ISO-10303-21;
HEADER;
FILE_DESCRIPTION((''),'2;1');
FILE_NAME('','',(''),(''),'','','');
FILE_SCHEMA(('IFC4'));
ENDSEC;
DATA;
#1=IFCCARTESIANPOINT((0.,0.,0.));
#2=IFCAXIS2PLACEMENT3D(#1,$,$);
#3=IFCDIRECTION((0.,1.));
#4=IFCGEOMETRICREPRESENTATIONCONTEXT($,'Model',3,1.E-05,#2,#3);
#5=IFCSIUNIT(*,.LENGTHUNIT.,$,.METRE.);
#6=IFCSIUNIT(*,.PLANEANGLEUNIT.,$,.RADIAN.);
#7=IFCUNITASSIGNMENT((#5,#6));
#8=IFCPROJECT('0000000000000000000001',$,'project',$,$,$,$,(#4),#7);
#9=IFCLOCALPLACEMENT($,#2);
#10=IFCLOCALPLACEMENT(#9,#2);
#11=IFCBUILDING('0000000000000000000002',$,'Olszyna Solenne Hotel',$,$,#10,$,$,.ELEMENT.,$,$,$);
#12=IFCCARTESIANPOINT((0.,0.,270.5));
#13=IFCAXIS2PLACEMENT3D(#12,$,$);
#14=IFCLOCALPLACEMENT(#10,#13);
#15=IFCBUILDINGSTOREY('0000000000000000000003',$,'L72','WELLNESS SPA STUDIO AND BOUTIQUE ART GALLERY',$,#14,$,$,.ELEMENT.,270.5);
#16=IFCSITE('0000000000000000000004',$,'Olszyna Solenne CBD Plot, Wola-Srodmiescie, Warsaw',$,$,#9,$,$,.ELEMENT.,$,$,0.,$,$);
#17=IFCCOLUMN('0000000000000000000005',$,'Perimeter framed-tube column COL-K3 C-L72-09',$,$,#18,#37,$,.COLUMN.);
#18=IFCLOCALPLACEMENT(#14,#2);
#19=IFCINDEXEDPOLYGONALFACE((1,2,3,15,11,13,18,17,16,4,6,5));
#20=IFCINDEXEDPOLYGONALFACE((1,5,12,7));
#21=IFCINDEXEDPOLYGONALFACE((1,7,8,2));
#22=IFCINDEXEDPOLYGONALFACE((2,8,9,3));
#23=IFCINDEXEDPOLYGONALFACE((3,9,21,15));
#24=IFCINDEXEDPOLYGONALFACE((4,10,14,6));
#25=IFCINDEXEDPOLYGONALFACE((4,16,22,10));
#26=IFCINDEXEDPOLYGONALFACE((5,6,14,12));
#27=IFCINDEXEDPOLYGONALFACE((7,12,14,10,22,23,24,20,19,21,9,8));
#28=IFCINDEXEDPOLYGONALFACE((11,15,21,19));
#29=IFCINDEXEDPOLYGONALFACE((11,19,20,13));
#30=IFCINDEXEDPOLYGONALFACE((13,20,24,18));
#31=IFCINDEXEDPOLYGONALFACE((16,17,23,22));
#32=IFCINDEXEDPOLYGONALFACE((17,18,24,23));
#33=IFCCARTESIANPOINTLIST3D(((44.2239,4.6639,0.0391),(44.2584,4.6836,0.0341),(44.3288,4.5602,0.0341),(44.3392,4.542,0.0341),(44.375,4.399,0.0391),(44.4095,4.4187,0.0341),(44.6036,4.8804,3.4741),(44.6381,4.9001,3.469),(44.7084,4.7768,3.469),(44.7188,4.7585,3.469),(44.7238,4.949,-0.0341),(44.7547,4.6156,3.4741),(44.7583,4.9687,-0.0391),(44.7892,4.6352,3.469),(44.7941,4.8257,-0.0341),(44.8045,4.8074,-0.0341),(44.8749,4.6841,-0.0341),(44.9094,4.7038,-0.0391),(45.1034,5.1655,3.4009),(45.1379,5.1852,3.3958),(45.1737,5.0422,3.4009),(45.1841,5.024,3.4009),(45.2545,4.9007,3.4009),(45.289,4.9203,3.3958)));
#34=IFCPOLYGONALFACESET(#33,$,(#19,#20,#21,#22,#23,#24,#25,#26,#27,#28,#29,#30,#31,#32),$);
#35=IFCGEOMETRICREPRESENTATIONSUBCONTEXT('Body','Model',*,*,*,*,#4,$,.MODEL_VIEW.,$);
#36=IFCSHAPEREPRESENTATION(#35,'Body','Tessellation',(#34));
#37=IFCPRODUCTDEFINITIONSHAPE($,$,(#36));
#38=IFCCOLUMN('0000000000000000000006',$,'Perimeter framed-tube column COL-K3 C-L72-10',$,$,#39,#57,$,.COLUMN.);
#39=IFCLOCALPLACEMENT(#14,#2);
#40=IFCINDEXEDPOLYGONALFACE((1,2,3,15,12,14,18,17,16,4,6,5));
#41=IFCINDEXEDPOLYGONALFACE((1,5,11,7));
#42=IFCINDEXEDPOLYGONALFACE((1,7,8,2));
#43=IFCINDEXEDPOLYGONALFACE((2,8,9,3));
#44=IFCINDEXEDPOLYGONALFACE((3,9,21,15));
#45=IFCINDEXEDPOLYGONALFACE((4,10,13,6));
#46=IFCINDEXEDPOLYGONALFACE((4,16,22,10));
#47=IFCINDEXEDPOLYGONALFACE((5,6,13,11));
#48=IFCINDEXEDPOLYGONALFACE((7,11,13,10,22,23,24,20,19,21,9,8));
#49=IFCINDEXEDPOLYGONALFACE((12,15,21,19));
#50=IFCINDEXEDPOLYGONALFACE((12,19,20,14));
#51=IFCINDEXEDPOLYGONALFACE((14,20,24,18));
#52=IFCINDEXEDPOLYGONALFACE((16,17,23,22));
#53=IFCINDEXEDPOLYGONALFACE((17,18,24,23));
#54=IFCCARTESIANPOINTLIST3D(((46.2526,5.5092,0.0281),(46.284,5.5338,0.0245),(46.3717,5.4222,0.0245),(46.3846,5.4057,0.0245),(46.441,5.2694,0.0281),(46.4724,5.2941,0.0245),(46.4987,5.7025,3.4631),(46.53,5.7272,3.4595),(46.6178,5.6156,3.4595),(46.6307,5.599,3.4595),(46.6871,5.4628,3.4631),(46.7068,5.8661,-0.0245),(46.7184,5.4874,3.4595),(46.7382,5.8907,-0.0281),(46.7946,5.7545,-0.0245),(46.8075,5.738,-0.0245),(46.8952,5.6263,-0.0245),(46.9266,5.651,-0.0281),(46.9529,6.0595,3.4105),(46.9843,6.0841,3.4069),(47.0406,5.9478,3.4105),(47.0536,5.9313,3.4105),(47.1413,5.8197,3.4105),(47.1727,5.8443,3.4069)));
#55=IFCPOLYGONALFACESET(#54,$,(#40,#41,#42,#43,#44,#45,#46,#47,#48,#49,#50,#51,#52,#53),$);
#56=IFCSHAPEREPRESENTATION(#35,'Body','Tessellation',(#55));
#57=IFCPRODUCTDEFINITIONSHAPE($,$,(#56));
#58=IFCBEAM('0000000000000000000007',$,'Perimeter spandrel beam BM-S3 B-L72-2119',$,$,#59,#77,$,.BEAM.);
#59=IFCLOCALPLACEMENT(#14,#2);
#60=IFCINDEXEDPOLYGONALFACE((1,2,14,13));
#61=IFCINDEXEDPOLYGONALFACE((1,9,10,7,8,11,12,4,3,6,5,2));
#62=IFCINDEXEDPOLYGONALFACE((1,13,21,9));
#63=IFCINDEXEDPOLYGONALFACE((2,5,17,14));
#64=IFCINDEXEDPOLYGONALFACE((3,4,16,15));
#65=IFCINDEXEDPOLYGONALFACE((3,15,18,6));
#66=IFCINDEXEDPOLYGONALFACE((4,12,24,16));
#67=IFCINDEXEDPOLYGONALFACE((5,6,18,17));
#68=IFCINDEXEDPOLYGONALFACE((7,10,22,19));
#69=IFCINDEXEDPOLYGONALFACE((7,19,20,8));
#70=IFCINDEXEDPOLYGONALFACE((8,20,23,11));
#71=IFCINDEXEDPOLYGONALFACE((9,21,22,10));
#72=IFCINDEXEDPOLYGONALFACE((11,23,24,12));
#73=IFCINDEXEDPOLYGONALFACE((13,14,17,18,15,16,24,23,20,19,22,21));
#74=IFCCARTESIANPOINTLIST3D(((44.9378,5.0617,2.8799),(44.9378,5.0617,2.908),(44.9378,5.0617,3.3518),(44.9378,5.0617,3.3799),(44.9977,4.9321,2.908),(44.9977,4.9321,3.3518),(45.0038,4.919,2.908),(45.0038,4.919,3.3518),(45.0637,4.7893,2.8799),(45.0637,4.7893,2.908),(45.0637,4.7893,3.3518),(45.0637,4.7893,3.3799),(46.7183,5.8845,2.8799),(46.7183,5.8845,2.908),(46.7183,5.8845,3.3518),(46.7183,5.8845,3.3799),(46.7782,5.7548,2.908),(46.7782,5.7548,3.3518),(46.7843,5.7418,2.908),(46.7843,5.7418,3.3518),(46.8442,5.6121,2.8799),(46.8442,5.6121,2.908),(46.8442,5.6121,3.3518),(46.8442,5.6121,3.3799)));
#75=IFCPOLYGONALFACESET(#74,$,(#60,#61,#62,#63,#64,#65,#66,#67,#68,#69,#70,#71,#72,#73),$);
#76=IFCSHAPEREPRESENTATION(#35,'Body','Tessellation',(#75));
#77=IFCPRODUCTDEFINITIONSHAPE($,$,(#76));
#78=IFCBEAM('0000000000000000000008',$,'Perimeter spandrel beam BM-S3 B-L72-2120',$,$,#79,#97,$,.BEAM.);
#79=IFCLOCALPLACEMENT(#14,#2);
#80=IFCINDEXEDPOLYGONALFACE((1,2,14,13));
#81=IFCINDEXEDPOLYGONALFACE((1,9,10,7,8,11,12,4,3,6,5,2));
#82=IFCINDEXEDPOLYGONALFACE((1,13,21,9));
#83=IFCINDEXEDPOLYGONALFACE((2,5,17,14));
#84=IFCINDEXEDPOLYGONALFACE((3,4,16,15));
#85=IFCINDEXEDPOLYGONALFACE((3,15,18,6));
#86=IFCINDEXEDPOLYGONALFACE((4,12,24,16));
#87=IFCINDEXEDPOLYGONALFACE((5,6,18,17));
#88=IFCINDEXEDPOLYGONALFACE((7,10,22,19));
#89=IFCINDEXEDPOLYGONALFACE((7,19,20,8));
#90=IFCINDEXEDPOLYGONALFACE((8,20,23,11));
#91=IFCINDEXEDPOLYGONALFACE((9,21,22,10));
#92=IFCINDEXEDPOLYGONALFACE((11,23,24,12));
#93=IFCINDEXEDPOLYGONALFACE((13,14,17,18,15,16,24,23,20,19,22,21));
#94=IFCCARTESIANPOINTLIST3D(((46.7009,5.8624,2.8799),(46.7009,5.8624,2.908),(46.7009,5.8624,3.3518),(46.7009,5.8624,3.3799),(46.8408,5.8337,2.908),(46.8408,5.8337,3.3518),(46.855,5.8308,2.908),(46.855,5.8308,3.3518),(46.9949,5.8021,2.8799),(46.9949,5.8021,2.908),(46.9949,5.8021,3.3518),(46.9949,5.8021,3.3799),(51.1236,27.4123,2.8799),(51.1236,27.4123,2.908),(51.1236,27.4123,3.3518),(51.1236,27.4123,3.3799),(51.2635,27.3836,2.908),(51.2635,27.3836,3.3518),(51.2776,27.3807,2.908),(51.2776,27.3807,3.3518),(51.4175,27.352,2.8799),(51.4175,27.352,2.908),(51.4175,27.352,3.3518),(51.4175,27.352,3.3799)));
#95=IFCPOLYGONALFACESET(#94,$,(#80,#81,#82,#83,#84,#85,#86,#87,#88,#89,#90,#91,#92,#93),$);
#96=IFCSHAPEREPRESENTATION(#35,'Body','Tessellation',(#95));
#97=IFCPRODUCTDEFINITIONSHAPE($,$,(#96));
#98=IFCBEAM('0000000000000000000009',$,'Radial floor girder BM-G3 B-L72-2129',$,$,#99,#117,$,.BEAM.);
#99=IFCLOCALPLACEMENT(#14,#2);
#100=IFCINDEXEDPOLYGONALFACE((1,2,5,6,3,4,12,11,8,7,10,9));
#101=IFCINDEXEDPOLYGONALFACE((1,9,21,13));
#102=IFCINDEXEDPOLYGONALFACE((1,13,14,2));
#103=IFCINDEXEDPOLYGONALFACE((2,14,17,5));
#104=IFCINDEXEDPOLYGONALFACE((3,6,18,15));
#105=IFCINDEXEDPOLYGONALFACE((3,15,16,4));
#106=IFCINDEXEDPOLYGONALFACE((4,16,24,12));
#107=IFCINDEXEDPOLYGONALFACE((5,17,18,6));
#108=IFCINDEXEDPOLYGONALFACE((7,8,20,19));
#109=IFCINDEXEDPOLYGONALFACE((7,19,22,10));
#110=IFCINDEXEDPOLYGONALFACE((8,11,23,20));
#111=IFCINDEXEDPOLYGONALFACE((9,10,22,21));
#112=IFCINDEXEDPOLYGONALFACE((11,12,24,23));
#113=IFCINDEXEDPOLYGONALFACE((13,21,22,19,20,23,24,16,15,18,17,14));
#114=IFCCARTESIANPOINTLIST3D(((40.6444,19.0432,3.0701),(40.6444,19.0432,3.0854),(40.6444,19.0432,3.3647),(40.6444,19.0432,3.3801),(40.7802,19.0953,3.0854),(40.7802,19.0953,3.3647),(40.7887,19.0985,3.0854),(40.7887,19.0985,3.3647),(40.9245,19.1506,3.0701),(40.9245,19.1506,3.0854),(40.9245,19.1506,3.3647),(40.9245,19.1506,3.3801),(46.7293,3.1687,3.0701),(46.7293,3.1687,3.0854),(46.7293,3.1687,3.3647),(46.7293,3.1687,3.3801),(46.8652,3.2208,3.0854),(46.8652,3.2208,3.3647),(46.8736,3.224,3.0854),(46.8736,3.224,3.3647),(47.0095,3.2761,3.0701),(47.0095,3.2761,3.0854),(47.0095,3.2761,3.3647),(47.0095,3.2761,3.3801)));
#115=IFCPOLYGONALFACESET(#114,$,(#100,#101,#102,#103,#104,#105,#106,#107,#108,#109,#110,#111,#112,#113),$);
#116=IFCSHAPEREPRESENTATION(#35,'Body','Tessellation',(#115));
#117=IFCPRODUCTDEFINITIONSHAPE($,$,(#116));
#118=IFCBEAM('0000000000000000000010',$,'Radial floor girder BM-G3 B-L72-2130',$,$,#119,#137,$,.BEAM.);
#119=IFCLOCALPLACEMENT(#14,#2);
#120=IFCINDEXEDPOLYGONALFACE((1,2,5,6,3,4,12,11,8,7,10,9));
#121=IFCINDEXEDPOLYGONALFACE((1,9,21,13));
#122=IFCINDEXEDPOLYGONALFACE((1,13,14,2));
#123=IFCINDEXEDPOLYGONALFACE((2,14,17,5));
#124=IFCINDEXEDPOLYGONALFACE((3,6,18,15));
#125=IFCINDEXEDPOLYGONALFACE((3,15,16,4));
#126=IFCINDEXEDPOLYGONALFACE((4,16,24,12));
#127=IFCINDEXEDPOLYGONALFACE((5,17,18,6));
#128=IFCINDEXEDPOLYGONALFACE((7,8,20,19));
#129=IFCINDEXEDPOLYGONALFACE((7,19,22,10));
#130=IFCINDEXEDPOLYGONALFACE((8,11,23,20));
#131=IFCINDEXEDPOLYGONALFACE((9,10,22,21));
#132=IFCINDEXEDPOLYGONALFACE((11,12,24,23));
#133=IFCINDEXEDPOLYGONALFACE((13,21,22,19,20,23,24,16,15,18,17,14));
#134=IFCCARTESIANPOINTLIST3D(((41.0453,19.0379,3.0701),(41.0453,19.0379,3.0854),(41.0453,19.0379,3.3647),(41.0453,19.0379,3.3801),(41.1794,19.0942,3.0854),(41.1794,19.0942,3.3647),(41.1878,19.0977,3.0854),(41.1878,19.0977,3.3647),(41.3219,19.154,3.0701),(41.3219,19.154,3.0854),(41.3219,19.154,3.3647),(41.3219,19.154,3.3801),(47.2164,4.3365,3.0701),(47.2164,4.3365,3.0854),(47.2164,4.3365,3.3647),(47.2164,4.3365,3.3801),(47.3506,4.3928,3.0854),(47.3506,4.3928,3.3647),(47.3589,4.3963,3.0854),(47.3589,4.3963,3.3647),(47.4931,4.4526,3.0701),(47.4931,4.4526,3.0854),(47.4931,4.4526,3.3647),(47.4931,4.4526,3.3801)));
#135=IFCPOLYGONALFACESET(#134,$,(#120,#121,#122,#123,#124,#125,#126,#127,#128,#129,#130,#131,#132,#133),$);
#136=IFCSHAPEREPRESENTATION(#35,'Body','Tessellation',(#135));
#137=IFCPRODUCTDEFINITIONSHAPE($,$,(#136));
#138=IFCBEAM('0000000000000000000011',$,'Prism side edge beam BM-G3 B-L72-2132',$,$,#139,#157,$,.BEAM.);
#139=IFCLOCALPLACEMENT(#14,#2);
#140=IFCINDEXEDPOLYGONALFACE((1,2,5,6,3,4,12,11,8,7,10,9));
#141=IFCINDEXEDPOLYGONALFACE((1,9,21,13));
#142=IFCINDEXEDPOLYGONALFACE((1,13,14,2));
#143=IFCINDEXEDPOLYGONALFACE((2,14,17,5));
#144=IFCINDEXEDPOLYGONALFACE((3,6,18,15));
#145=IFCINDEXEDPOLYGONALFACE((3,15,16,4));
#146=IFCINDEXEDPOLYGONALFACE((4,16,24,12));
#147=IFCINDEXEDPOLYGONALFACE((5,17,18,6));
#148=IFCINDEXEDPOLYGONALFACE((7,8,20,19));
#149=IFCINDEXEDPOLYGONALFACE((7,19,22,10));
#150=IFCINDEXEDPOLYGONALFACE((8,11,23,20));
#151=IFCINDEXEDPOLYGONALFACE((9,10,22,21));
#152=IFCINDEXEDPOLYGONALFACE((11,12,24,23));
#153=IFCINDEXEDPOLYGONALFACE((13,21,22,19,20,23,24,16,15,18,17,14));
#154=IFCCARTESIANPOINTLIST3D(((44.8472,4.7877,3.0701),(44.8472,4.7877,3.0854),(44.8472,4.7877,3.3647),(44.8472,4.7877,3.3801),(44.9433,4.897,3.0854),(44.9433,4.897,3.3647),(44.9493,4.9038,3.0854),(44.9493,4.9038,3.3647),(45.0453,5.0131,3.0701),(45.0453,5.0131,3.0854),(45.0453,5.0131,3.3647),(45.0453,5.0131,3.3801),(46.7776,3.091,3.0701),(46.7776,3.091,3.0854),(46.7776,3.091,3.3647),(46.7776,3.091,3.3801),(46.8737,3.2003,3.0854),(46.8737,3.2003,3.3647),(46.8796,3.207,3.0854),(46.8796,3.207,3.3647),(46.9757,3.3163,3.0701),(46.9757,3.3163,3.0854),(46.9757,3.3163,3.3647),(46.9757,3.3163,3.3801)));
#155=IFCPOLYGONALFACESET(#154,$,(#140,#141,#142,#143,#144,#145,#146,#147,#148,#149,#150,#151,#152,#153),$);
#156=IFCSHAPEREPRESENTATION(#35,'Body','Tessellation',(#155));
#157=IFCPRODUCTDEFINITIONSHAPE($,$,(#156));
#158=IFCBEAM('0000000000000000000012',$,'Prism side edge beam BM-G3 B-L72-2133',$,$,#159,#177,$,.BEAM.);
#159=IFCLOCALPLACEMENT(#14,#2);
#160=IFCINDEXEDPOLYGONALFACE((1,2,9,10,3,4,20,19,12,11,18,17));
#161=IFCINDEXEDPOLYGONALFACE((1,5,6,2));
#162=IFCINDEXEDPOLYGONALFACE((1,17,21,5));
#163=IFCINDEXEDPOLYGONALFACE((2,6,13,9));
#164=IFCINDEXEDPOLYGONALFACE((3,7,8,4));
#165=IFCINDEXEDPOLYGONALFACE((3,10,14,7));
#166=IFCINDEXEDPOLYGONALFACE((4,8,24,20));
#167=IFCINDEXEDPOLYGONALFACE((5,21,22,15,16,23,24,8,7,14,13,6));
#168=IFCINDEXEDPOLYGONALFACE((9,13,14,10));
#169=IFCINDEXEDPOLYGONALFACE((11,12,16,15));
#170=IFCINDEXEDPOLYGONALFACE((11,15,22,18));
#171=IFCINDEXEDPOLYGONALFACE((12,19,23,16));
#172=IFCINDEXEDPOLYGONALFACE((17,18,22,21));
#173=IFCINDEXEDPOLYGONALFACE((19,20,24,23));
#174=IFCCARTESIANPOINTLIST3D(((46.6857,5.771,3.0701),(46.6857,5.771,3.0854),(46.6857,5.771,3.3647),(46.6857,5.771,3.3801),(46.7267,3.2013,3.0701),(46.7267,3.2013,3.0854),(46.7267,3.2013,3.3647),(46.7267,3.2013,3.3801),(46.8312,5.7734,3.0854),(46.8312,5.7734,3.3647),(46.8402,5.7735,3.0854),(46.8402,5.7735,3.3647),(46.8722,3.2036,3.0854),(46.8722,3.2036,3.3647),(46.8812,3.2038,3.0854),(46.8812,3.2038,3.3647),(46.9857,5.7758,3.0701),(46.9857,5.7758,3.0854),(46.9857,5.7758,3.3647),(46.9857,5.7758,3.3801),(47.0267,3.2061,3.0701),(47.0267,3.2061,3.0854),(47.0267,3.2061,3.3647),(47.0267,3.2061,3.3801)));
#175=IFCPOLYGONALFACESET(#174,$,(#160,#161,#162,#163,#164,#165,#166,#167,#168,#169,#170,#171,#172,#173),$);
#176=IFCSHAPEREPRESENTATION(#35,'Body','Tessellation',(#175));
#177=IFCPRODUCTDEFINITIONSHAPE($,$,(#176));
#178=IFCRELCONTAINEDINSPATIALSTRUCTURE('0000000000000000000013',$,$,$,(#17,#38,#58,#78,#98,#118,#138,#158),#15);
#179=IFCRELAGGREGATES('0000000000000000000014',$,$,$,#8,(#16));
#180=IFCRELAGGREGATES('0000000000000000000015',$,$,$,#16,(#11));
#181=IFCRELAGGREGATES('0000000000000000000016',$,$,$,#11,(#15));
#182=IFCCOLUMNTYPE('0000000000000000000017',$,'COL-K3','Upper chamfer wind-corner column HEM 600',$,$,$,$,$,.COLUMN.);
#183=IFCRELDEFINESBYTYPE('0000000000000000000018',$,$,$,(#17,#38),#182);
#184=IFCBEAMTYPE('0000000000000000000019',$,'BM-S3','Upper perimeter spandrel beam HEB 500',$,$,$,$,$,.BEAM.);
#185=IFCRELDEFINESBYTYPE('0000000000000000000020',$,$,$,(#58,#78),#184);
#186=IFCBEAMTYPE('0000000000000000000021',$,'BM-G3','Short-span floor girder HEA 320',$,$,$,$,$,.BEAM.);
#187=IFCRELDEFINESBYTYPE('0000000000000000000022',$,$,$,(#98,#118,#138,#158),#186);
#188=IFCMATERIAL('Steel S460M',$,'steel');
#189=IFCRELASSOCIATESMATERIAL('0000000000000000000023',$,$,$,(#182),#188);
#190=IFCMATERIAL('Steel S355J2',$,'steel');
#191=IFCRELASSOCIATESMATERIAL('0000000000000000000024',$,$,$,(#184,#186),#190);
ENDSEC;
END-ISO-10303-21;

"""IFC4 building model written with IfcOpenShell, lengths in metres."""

from ifc_helpers import new_model, si_unit, direction, frame, origin, origin_2d, place, context, subcontext, project, spatial, i_section, extrude, source, transform, mapped, material, material_profile, profile_set, type_object, element, save


model = new_model("IFC4")

# Units and contexts
model_context = context("Model", 3, precision=1e-05, world=origin(), true_north=direction((0.0, 1.0)))
body_context = subcontext(model_context, "Body", "Model", "MODEL_VIEW")
ifc_project = project(units=[si_unit("LENGTHUNIT", "METRE"), si_unit("PLANEANGLEUNIT", "RADIAN")], contexts=[model_context])

# Site, building, storey
site_placement = place(None, origin())
site = spatial("IfcSite", under=ifc_project, at=site_placement, Name="Olszyna Solenne CBD Plot, Wola-Srodmiescie, Warsaw", CompositionType="ELEMENT", RefElevation=0.0)
building_placement = place(site_placement, origin())
building = spatial("IfcBuilding", under=site, at=building_placement, Name="Olszyna Solenne Hotel", CompositionType="ELEMENT")
storey_placement = place(building_placement, frame((0.0, 0.0, 270.5)))
storey = spatial("IfcBuildingStorey", under=building, at=storey_placement, Name="L72", Description="WELLNESS SPA STUDIO AND BOUTIQUE ART GALLERY", CompositionType="ELEMENT", Elevation=270.5)

# Columns
ifc_material_1 = material(Name="Steel S460M", Category="steel")
ifc_material_profile_1 = material_profile(ifc_material_1, i_section(OverallWidth=0.3049, OverallDepth=0.6201, WebThickness=0.021, FlangeThickness=0.04, at=origin_2d()), Name="HEM 600", Category="load-bearing")
ifc_profile_set_1 = profile_set([ifc_material_profile_1], Name="Steel S460M")
column_type = type_object("IfcColumnType", Name="COL-K3", Description="Upper chamfer wind-corner column HEM 600", PredefinedType="COLUMN", material=ifc_profile_set_1)
shared_shape_1 = source(origin(), body_context, "Body", "SweptSolid", [
    extrude(i_section(OverallWidth=0.3049, OverallDepth=0.6201, WebThickness=0.021, FlangeThickness=0.04, at=origin_2d()), origin(), (0.0, 0.0, 1.0), 3.4626),
])
column_1_placement = place(storey_placement, frame((44.5667, 4.6838, 0.0), z_axis=(0.109635, 0.062538, 0.992003), x_axis=(-0.495477, 0.868621, 0.0)))
element("IfcColumn", 1, at=column_1_placement, inside=storey, type_object=column_type, Name="Perimeter framed-tube column COL-K3 C-L72-09", PredefinedType="COLUMN", context=body_context, shape_type="MappedRepresentation", body=[
    mapped(shared_shape_1, transform((0.0, 0.0, 0.0), x_axis=(1.0, 0.0, 0.0), y_axis=(0.0, 1.0, 0.0), z_axis=(0.0, 0.0, 1.0), scale=1.0)),
])
shared_shape_2 = source(origin(), body_context, "Body", "SweptSolid", [
    extrude(i_section(OverallWidth=0.3049, OverallDepth=0.6201, WebThickness=0.021, FlangeThickness=0.04, at=origin_2d()), origin(), (0.0, 0.0, 1.0), 3.4492),
])
column_2_placement = place(storey_placement, frame((46.5896, 5.5801, 0.0), z_axis=(0.071346, 0.056058, 0.995875), x_axis=(-0.617822, 0.786318, 0.0)))
element("IfcColumn", 2, at=column_2_placement, inside=storey, type_object=column_type, Name="Perimeter framed-tube column COL-K3 C-L72-10", PredefinedType="COLUMN", context=body_context, shape_type="MappedRepresentation", body=[
    mapped(shared_shape_2, transform((0.0, 0.0, 0.0), x_axis=(1.0, 0.0, 0.0), y_axis=(0.0, 1.0, 0.0), z_axis=(0.0, 0.0, 1.0), scale=1.0)),
])

# Beams
ifc_material_2 = material(Name="Steel S355J2", Category="steel")
ifc_material_profile_2 = material_profile(ifc_material_2, i_section(OverallWidth=0.3, OverallDepth=0.5, WebThickness=0.0144, FlangeThickness=0.0281, at=origin_2d()), Name="HEB 500", Category="load-bearing")
ifc_profile_set_2 = profile_set([ifc_material_profile_2], Name="Steel S355J2")
beam_type_1 = type_object("IfcBeamType", Name="BM-S3", Description="Upper perimeter spandrel beam HEB 500", PredefinedType="BEAM", material=ifc_profile_set_2)
shared_shape_3 = source(origin(), body_context, "Body", "SweptSolid", [
    extrude(i_section(OverallWidth=0.3, OverallDepth=0.5, WebThickness=0.0144, FlangeThickness=0.0281, at=origin_2d()), origin(), (0.0, 0.0, 1.0), 1.9614),
])
beam_1_placement = place(storey_placement, frame((45.0007, 4.9255, 3.1299), z_axis=(0.90777, 0.419469, 0.0), x_axis=(-0.419469, 0.90777, 0.0)))
element("IfcBeam", 3, at=beam_1_placement, inside=storey, type_object=beam_type_1, Name="Perimeter spandrel beam BM-S3 B-L72-2119", PredefinedType="BEAM", context=body_context, shape_type="MappedRepresentation", body=[
    mapped(shared_shape_3, transform((0.0, 0.0, 0.0), x_axis=(1.0, 0.0, 0.0), y_axis=(0.0, 1.0, 0.0), z_axis=(0.0, 0.0, 1.0), scale=1.0)),
])
shared_shape_4 = source(origin(), body_context, "Body", "SweptSolid", [
    extrude(i_section(OverallWidth=0.3, OverallDepth=0.5, WebThickness=0.0144, FlangeThickness=0.0281, at=origin_2d()), origin(), (0.0, 0.0, 1.0), 21.999),
])
beam_2_placement = place(storey_placement, frame((46.8479, 5.8323, 3.1299), z_axis=(0.201037, 0.979584, 0.0), x_axis=(-0.979584, 0.201037, 0.0)))
element("IfcBeam", 4, at=beam_2_placement, inside=storey, type_object=beam_type_1, Name="Perimeter spandrel beam BM-S3 B-L72-2120", PredefinedType="BEAM", context=body_context, shape_type="MappedRepresentation", body=[
    mapped(shared_shape_4, transform((0.0, 0.0, 0.0), x_axis=(1.0, 0.0, 0.0), y_axis=(0.0, 1.0, 0.0), z_axis=(0.0, 0.0, 1.0), scale=1.0)),
])
ifc_material_profile_3 = material_profile(ifc_material_2, i_section(OverallWidth=0.3, OverallDepth=0.3101, WebThickness=0.009, FlangeThickness=0.0154, at=origin_2d()), Name="HEA 320", Category="load-bearing")
ifc_profile_set_3 = profile_set([ifc_material_profile_3], Name="Steel S355J2")
beam_type_2 = type_object("IfcBeamType", Name="BM-G3", Description="Short-span floor girder HEA 320", PredefinedType="BEAM", material=ifc_profile_set_3)
shared_shape_5 = source(origin(), body_context, "Body", "SweptSolid", [
    extrude(i_section(OverallWidth=0.3, OverallDepth=0.3101, WebThickness=0.009, FlangeThickness=0.0154, at=origin_2d()), origin(), (0.0, 0.0, 1.0), 17.0007),
])
beam_3_placement = place(storey_placement, frame((46.8694, 3.2224, 3.2251), z_axis=(-0.357922, 0.933751, 0.0), x_axis=(-0.933751, -0.357922, 0.0)))
element("IfcBeam", 5, at=beam_3_placement, inside=storey, type_object=beam_type_2, Name="Radial floor girder BM-G3 B-L72-2129", PredefinedType="BEAM", context=body_context, shape_type="MappedRepresentation", body=[
    mapped(shared_shape_5, transform((0.0, 0.0, 0.0), x_axis=(1.0, 0.0, 0.0), y_axis=(0.0, 1.0, 0.0), z_axis=(0.0, 0.0, 1.0), scale=1.0)),
])
shared_shape_6 = source(origin(), body_context, "Body", "SweptSolid", [
    extrude(i_section(OverallWidth=0.3, OverallDepth=0.3101, WebThickness=0.009, FlangeThickness=0.0154, at=origin_2d()), origin(), (0.0, 0.0, 1.0), 15.9441),
])
beam_4_placement = place(storey_placement, frame((47.3547, 4.3945, 3.2251), z_axis=(-0.387048, 0.922059, 0.0), x_axis=(-0.922059, -0.387048, 0.0)))
element("IfcBeam", 6, at=beam_4_placement, inside=storey, type_object=beam_type_2, Name="Radial floor girder BM-G3 B-L72-2130", PredefinedType="BEAM", context=body_context, shape_type="MappedRepresentation", body=[
    mapped(shared_shape_6, transform((0.0, 0.0, 0.0), x_axis=(1.0, 0.0, 0.0), y_axis=(0.0, 1.0, 0.0), z_axis=(0.0, 0.0, 1.0), scale=1.0)),
])
shared_shape_7 = source(origin(), body_context, "Body", "SweptSolid", [
    extrude(i_section(OverallWidth=0.3, OverallDepth=0.3101, WebThickness=0.009, FlangeThickness=0.0154, at=origin_2d()), origin(), (0.0, 0.0, 1.0), 2.5701),
])
for number, where, z_axis, x_axis, name in (
    (7, (44.9463, 4.9004, 3.2251), (0.751098, -0.660191, 0.0), (0.660191, 0.751098, 0.0), "Prism side edge beam BM-G3 B-L72-2132"),
    (8, (46.8357, 5.7734, 3.2251), (0.015958, -0.999873, 0.0), (0.999873, 0.015958, 0.0), "Prism side edge beam BM-G3 B-L72-2133"),
):
    element("IfcBeam", number, at=place(storey_placement, frame(where, z_axis=z_axis, x_axis=x_axis)), inside=storey, type_object=beam_type_2, Name=name, PredefinedType="BEAM", context=body_context, shape_type="MappedRepresentation", body=[
        mapped(shared_shape_7, transform((0.0, 0.0, 0.0), x_axis=(1.0, 0.0, 0.0), y_axis=(0.0, 1.0, 0.0), z_axis=(0.0, 0.0, 1.0), scale=1.0)),
    ])

save(model, "model.ifc")
